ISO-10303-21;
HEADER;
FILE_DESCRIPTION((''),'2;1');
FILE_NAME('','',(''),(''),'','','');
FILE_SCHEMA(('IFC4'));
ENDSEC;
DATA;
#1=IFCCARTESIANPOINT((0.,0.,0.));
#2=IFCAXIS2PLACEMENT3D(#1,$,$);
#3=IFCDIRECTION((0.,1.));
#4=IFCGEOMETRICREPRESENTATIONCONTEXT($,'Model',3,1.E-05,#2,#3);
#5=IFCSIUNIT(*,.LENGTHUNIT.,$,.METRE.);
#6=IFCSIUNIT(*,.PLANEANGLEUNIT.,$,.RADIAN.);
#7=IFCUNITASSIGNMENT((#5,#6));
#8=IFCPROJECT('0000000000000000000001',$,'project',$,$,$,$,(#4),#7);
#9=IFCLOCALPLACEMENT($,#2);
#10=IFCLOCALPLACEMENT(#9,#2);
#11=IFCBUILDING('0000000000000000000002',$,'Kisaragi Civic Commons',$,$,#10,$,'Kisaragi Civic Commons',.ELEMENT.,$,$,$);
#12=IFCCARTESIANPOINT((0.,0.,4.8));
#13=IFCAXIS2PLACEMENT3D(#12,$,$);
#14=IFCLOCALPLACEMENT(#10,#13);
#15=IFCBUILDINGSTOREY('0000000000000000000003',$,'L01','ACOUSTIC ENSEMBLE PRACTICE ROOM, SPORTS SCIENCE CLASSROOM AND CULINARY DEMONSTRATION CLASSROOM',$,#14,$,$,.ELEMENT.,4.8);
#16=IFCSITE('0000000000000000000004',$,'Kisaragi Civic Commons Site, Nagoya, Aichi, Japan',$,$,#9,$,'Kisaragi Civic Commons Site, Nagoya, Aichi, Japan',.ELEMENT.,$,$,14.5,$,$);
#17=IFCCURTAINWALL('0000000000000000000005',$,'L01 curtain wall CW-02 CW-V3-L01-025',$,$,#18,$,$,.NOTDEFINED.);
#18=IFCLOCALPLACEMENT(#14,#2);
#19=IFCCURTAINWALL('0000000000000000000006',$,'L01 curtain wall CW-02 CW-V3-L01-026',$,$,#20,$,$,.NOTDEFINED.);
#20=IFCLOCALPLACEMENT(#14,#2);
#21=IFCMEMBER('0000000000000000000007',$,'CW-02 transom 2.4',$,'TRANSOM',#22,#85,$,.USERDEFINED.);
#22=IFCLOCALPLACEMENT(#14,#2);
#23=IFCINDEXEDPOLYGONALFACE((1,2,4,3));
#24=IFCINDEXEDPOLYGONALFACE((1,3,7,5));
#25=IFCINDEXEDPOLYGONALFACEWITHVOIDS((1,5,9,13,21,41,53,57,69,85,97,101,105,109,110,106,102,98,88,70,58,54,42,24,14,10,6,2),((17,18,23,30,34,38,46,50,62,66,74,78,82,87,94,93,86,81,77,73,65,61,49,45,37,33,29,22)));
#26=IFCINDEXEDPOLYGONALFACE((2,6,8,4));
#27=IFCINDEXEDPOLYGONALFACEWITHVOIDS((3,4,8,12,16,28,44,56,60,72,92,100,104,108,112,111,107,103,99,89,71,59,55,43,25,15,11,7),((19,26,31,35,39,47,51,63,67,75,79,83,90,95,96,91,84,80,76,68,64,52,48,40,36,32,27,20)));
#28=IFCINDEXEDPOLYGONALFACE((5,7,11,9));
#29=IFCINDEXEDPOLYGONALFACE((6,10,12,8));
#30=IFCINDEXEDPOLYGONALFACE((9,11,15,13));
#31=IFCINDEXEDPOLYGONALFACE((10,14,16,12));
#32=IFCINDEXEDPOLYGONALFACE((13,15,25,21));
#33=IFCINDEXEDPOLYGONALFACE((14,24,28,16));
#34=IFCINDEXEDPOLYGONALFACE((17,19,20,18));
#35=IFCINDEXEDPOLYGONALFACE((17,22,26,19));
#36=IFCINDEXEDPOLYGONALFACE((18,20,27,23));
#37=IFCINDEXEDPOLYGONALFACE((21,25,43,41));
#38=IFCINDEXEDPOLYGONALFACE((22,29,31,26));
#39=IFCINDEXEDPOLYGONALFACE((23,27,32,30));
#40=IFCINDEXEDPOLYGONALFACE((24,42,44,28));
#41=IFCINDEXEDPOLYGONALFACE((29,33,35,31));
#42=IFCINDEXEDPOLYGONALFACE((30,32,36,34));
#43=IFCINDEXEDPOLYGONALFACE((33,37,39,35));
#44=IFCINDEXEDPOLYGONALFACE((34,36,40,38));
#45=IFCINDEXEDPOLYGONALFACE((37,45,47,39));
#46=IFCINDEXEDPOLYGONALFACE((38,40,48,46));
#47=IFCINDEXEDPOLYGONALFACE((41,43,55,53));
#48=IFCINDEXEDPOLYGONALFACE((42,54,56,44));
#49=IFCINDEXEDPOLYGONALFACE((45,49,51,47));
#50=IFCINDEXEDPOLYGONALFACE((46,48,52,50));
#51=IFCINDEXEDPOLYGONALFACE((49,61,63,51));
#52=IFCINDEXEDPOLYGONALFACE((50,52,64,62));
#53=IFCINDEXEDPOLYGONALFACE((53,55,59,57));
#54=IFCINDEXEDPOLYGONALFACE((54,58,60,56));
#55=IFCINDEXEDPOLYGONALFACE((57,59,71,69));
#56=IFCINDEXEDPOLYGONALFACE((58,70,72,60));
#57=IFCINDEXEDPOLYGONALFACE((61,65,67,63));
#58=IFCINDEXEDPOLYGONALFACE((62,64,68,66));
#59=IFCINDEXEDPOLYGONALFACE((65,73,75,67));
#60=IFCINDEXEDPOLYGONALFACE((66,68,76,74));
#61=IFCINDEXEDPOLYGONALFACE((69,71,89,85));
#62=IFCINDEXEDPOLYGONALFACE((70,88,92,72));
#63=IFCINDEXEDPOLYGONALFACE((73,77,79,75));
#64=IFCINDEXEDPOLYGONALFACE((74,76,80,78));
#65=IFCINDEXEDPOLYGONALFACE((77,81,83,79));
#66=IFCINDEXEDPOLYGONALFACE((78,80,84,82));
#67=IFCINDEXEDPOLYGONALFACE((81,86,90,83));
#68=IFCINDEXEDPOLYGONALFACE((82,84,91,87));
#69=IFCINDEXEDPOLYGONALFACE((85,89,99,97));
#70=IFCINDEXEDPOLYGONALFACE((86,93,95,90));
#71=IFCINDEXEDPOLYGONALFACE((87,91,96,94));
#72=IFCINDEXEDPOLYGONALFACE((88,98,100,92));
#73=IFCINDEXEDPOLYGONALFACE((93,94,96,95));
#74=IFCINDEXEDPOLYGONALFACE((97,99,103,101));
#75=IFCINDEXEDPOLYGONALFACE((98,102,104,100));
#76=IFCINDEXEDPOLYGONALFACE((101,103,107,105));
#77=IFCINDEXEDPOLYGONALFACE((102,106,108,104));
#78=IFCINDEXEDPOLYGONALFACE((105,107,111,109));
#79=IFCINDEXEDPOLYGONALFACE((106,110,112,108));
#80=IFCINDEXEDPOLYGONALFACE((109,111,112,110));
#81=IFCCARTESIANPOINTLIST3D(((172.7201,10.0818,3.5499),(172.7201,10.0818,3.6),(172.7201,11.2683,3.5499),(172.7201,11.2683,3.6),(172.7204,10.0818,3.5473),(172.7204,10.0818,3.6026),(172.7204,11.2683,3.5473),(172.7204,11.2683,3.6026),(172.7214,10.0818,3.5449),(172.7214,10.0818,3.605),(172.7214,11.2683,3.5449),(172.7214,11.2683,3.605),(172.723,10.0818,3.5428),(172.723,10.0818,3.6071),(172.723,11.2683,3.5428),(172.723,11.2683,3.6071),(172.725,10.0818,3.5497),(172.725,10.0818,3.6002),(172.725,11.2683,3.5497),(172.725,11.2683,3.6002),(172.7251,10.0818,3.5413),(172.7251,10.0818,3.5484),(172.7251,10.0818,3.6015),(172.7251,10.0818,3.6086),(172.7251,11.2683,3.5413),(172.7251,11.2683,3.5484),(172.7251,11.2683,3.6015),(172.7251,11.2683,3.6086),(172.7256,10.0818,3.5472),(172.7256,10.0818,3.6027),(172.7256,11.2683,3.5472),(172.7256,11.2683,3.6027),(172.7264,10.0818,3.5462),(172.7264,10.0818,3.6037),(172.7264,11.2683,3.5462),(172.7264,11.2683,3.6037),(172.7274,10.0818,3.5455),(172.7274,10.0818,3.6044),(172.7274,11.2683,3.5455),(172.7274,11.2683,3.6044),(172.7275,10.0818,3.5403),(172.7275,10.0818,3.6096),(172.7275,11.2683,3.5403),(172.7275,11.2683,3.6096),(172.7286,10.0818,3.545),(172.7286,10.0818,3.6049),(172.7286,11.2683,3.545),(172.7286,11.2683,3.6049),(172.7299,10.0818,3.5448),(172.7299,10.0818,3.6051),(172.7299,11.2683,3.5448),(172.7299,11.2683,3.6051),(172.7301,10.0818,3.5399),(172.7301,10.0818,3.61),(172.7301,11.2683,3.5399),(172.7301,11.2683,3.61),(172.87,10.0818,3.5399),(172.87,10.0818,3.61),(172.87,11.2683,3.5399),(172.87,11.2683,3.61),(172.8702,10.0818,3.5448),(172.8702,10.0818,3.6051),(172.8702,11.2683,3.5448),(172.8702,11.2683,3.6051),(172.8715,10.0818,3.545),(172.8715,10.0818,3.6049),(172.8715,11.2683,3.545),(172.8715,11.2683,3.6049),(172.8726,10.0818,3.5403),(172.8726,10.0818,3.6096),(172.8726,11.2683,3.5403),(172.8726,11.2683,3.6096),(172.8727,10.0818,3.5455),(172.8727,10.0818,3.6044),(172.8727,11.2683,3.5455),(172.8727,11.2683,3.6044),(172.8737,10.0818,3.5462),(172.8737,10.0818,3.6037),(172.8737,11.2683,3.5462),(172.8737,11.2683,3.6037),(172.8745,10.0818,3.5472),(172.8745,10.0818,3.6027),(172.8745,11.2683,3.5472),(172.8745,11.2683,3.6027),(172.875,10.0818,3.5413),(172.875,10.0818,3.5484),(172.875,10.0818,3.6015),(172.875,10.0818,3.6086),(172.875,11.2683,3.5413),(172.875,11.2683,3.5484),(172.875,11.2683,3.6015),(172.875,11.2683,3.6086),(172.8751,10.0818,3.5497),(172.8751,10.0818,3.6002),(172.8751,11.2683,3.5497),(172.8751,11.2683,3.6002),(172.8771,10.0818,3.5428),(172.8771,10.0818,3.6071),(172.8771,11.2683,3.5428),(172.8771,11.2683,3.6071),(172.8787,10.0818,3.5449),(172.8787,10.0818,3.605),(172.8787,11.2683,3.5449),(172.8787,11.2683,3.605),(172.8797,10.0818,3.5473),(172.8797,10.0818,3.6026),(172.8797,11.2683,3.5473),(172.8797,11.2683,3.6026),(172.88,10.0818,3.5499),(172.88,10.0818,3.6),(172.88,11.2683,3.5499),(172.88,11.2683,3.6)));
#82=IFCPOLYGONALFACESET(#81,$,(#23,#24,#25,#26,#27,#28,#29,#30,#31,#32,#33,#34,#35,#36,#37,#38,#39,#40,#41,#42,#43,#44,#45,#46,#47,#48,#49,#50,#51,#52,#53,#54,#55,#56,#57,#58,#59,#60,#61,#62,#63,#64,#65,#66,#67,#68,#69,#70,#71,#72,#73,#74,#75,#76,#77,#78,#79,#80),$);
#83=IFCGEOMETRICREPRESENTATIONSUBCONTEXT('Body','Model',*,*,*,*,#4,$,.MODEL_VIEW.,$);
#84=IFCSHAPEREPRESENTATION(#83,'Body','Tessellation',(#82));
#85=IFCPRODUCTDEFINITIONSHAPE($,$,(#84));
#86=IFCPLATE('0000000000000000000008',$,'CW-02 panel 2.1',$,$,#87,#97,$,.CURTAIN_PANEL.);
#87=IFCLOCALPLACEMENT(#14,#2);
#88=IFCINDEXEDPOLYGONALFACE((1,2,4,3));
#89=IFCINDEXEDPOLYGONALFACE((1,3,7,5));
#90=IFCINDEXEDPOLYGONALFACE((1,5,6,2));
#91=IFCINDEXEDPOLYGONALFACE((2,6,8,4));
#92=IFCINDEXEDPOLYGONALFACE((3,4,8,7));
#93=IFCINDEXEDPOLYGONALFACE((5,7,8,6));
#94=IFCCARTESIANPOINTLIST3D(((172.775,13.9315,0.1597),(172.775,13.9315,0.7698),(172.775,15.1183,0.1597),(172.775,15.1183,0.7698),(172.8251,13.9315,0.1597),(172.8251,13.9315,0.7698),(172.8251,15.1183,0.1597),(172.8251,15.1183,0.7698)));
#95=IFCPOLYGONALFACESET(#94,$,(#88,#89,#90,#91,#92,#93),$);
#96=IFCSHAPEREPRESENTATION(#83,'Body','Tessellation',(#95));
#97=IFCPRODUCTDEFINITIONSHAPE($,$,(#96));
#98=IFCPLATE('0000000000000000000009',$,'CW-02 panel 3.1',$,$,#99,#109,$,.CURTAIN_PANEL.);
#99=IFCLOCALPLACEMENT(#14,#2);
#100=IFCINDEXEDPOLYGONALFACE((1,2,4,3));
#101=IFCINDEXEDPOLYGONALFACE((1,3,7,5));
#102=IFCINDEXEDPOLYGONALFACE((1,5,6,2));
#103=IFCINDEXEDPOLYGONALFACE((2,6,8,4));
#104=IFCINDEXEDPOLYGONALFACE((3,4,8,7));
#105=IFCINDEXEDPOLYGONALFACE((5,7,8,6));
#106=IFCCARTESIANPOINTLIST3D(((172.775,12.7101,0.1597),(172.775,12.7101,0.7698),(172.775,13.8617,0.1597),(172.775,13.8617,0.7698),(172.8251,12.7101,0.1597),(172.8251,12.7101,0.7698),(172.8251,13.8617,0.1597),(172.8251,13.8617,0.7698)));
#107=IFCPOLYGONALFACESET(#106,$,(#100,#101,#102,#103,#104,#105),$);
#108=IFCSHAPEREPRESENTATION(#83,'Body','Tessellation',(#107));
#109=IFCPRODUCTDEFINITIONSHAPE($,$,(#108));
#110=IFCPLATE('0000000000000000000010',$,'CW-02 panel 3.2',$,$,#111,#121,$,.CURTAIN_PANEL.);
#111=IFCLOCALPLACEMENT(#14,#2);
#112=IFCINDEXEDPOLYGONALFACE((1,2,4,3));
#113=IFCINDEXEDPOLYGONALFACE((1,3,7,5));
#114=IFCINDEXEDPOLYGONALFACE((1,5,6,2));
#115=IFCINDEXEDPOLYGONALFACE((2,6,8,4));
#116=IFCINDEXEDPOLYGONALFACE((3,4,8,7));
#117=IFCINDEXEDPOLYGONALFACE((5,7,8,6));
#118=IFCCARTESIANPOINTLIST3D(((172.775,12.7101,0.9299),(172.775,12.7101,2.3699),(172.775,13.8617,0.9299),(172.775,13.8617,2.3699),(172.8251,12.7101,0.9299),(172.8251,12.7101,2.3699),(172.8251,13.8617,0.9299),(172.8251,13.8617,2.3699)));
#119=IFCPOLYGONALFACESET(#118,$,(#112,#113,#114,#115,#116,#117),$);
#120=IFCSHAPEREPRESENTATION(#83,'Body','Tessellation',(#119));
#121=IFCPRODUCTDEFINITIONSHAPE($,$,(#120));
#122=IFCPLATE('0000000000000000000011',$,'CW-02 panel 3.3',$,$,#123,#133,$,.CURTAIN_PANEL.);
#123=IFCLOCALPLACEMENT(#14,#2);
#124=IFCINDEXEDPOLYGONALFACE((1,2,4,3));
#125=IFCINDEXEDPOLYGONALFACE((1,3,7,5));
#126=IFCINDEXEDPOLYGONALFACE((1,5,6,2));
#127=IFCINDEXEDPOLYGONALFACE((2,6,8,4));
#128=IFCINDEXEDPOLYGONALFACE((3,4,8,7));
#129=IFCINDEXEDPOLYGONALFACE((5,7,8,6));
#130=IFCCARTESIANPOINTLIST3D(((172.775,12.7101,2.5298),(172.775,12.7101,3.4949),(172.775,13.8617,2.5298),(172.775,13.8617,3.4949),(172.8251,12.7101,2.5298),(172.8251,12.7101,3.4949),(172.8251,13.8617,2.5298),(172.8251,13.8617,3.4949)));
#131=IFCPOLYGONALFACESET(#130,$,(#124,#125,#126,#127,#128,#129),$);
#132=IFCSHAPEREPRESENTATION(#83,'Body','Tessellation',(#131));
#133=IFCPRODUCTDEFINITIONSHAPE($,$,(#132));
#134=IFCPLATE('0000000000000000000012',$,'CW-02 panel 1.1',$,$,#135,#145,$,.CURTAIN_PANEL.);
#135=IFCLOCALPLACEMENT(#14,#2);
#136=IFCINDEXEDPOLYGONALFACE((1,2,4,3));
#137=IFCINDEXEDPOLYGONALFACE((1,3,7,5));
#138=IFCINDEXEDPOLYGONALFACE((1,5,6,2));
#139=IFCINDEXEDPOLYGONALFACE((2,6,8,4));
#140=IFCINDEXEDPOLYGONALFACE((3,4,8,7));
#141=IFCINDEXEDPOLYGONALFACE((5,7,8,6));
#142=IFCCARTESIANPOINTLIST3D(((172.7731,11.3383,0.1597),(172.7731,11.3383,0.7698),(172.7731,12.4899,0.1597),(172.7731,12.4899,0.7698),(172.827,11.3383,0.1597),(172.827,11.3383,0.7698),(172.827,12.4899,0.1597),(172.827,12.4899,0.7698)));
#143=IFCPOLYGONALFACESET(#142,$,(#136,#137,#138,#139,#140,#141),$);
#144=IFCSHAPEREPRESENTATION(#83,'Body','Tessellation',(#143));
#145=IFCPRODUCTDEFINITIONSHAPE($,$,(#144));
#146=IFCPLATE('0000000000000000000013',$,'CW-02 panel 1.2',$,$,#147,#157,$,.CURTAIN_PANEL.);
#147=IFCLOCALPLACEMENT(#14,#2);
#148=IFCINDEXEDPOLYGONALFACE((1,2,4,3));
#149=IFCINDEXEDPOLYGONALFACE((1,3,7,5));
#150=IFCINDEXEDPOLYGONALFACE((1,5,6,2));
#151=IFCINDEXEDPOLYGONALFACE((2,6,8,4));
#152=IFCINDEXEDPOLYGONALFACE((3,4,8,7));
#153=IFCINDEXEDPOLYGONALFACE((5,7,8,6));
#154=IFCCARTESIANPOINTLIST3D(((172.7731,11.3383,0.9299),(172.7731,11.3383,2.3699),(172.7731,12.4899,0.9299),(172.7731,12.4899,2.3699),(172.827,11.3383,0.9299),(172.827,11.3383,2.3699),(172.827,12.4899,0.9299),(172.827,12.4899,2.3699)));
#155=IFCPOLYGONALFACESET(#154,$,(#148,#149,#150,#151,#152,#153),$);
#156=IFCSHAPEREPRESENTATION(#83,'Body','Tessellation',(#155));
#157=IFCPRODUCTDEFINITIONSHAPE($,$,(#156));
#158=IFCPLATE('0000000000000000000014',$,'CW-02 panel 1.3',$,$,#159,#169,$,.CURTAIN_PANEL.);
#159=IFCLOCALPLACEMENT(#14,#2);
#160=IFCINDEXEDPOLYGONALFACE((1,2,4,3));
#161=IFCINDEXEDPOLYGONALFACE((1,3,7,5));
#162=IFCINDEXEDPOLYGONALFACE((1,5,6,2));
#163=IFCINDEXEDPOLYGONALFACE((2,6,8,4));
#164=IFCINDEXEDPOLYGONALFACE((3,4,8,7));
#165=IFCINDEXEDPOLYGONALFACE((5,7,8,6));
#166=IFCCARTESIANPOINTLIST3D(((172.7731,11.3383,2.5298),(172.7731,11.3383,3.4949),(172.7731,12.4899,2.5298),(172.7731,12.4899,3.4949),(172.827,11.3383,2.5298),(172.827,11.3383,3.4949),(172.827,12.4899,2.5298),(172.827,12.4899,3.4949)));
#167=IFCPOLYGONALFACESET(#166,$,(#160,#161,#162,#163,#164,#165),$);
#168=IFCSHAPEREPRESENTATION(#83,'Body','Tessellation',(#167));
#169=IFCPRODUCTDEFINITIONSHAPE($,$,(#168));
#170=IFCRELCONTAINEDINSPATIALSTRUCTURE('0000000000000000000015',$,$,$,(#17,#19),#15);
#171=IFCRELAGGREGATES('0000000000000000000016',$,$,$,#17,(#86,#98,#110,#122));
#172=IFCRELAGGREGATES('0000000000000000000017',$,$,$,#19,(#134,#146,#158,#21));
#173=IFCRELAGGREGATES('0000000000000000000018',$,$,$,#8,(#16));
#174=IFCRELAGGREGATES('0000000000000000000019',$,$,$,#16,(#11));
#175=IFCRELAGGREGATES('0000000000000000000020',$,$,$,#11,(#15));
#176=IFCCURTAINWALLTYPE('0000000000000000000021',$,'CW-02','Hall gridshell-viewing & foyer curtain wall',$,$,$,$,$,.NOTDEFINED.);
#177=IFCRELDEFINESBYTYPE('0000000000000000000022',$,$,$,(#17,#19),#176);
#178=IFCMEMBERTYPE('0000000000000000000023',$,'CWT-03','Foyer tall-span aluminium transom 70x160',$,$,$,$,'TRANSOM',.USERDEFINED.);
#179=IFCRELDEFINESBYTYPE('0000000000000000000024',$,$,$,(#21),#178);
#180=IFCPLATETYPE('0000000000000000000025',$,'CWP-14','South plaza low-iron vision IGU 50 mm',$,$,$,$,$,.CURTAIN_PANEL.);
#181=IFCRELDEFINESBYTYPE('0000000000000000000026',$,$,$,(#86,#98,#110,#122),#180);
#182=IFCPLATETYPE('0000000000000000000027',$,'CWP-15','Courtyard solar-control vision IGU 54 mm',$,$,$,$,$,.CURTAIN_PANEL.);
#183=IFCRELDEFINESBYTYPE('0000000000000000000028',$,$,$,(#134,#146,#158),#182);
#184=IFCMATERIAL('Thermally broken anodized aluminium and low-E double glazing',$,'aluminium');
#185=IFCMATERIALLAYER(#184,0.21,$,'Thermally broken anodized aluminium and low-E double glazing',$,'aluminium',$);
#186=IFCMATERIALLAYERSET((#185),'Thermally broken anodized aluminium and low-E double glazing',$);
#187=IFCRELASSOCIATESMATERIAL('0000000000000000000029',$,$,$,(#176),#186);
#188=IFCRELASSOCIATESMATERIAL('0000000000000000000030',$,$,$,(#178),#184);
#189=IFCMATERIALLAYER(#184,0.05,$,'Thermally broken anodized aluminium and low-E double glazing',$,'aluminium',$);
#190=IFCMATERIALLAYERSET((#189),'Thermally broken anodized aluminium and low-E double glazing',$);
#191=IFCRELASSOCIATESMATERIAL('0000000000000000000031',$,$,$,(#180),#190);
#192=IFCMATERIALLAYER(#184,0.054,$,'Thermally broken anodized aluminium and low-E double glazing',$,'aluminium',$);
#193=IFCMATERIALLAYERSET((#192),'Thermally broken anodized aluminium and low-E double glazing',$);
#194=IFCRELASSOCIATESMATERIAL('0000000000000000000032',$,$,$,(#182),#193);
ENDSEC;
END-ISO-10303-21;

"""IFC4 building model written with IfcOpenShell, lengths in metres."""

from ifc_helpers import new_model, si_unit, direction, frame, origin, origin_2d, place, context, subcontext, project, spatial, rectangle, hollow_rectangle, extrude, material, layer, layer_set, material_profile, profile_set, type_object, element, aggregate, save


model = new_model("IFC4")

# Units and contexts
model_context = context("Model", 3, precision=1e-05, world=origin(), true_north=direction((0.0, 1.0)))
body_context = subcontext(model_context, "Body", "Model", "MODEL_VIEW")
ifc_project = project(units=[si_unit("LENGTHUNIT", "METRE"), si_unit("PLANEANGLEUNIT", "RADIAN")], contexts=[model_context])

# Site, building, storey
site_placement = place(None, origin())
site = spatial("IfcSite", under=ifc_project, at=site_placement, Name="Kisaragi Civic Commons Site, Nagoya, Aichi, Japan", LongName="Kisaragi Civic Commons Site, Nagoya, Aichi, Japan", CompositionType="ELEMENT", RefElevation=14.5)
building_placement = place(site_placement, origin())
building = spatial("IfcBuilding", under=site, at=building_placement, Name="Kisaragi Civic Commons", LongName="Kisaragi Civic Commons", CompositionType="ELEMENT")
storey_placement = place(building_placement, frame((0.0, 0.0, 4.8)))
storey = spatial("IfcBuildingStorey", under=building, at=storey_placement, Name="L01", Description="ACOUSTIC ENSEMBLE PRACTICE ROOM, SPORTS SCIENCE CLASSROOM AND CULINARY DEMONSTRATION CLASSROOM", CompositionType="ELEMENT", Elevation=4.8)

# Curtain walls
ifc_material = material(Name="Thermally broken anodized aluminium and low-E double glazing", Category="aluminium")
ifc_layer_1 = layer(ifc_material, 0.21, Name="Thermally broken anodized aluminium and low-E double glazing", Category="aluminium")
ifc_layer_set_1 = layer_set([ifc_layer_1], Name="Thermally broken anodized aluminium and low-E double glazing")
curtain_wall_type = type_object("IfcCurtainWallType", Name="CW-02", Description="Hall gridshell-viewing & foyer curtain wall", PredefinedType="NOTDEFINED", material=ifc_layer_set_1)
curtain_wall_1_placement = place(storey_placement, origin())
curtain_wall_1 = element("IfcCurtainWall", 1, at=curtain_wall_1_placement, inside=storey, type_object=curtain_wall_type, Name="L01 curtain wall CW-02 CW-V3-L01-025", PredefinedType="NOTDEFINED")
curtain_wall_2_placement = place(storey_placement, origin())
curtain_wall_2 = element("IfcCurtainWall", 2, at=curtain_wall_2_placement, inside=storey, type_object=curtain_wall_type, Name="L01 curtain wall CW-02 CW-V3-L01-026", PredefinedType="NOTDEFINED")

# Member
ifc_material_profile_1 = material_profile(ifc_material, hollow_rectangle(XDim=0.1599, YDim=0.0701, WallThickness=0.0049, InnerFilletRadius=0.0049, OuterFilletRadius=0.01, at=origin_2d()), Name="CWT-70x160x5", Category="aluminium")
ifc_profile_set_1 = profile_set([ifc_material_profile_1], Name="Thermally broken anodized aluminium and low-E double glazing")
member_type_1 = type_object("IfcMemberType", Name="CWT-03", Description="Foyer tall-span aluminium transom 70x160", ElementType="TRANSOM", PredefinedType="USERDEFINED", material=ifc_profile_set_1)
member_1_placement = place(storey_placement, frame((172.8, 11.2683, 3.575), z_axis=(0.0, -1.0, 0.0), x_axis=(1.0, 0.0, 0.0)))
member_1 = element("IfcMember", 3, at=member_1_placement, type_object=member_type_1, Name="CW-02 transom 2.4", ObjectType="TRANSOM", PredefinedType="USERDEFINED", context=body_context, shape_type="SweptSolid", body=[
    extrude(hollow_rectangle(XDim=0.1599, YDim=0.0701, WallThickness=0.0049, InnerFilletRadius=0.0049, OuterFilletRadius=0.01, at=origin_2d()), origin(), (0.0, 0.0, 1.0), 1.1865),
])

# Plates
ifc_layer_2 = layer(ifc_material, 0.05, Name="Thermally broken anodized aluminium and low-E double glazing", Category="aluminium")
ifc_layer_set_2 = layer_set([ifc_layer_2], Name="Thermally broken anodized aluminium and low-E double glazing")
plate_type_1 = type_object("IfcPlateType", Name="CWP-14", Description="South plaza low-iron vision IGU 50 mm", PredefinedType="CURTAIN_PANEL", material=ifc_layer_set_2)
plate_1_placement = place(storey_placement, frame((172.8, 14.5249, 0.1597), z_axis=(0.0, 0.0, 1.0), x_axis=(0.0, -1.0, 0.0)))
plate_1 = element("IfcPlate", 4, at=plate_1_placement, type_object=plate_type_1, Name="CW-02 panel 2.1", PredefinedType="CURTAIN_PANEL", context=body_context, shape_type="SweptSolid", body=[
    extrude(rectangle(XDim=1.1868, YDim=0.05, at=origin_2d()), origin(), (0.0, 0.0, 1.0), 0.6101),
])
plate_2_placement = place(storey_placement, frame((172.8, 13.2859, 0.1597), z_axis=(0.0, 0.0, 1.0), x_axis=(0.0, -1.0, 0.0)))
plate_2 = element("IfcPlate", 5, at=plate_2_placement, type_object=plate_type_1, Name="CW-02 panel 3.1", PredefinedType="CURTAIN_PANEL", context=body_context, shape_type="SweptSolid", body=[
    extrude(rectangle(XDim=1.1516, YDim=0.05, at=origin_2d()), origin(), (0.0, 0.0, 1.0), 0.6101),
])
plate_3_placement = place(storey_placement, frame((172.8, 13.2859, 0.9299), z_axis=(0.0, 0.0, 1.0), x_axis=(0.0, -1.0, 0.0)))
plate_3 = element("IfcPlate", 6, at=plate_3_placement, type_object=plate_type_1, Name="CW-02 panel 3.2", PredefinedType="CURTAIN_PANEL", context=body_context, shape_type="SweptSolid", body=[
    extrude(rectangle(XDim=1.1516, YDim=0.05, at=origin_2d()), origin(), (0.0, 0.0, 1.0), 1.4399),
])
plate_4_placement = place(storey_placement, frame((172.8, 13.2859, 2.5298), z_axis=(0.0, 0.0, 1.0), x_axis=(0.0, -1.0, 0.0)))
plate_4 = element("IfcPlate", 7, at=plate_4_placement, type_object=plate_type_1, Name="CW-02 panel 3.3", PredefinedType="CURTAIN_PANEL", context=body_context, shape_type="SweptSolid", body=[
    extrude(rectangle(XDim=1.1516, YDim=0.05, at=origin_2d()), origin(), (0.0, 0.0, 1.0), 0.9651),
])
aggregate(curtain_wall_1, [plate_1, plate_2, plate_3, plate_4])
ifc_layer_3 = layer(ifc_material, 0.054, Name="Thermally broken anodized aluminium and low-E double glazing", Category="aluminium")
ifc_layer_set_3 = layer_set([ifc_layer_3], Name="Thermally broken anodized aluminium and low-E double glazing")
plate_type_2 = type_object("IfcPlateType", Name="CWP-15", Description="Courtyard solar-control vision IGU 54 mm", PredefinedType="CURTAIN_PANEL", material=ifc_layer_set_3)
plate_5_placement = place(storey_placement, frame((172.8, 11.9141, 0.1597), z_axis=(0.0, 0.0, 1.0), x_axis=(0.0, -1.0, 0.0)))
plate_5 = element("IfcPlate", 8, at=plate_5_placement, type_object=plate_type_2, Name="CW-02 panel 1.1", PredefinedType="CURTAIN_PANEL", context=body_context, shape_type="SweptSolid", body=[
    extrude(rectangle(XDim=1.1516, YDim=0.054, at=origin_2d()), origin(), (0.0, 0.0, 1.0), 0.6101),
])
plate_6_placement = place(storey_placement, frame((172.8, 11.9141, 0.9299), z_axis=(0.0, 0.0, 1.0), x_axis=(0.0, -1.0, 0.0)))
plate_6 = element("IfcPlate", 9, at=plate_6_placement, type_object=plate_type_2, Name="CW-02 panel 1.2", PredefinedType="CURTAIN_PANEL", context=body_context, shape_type="SweptSolid", body=[
    extrude(rectangle(XDim=1.1516, YDim=0.054, at=origin_2d()), origin(), (0.0, 0.0, 1.0), 1.4399),
])
plate_7_placement = place(storey_placement, frame((172.8, 11.9141, 2.5298), z_axis=(0.0, 0.0, 1.0), x_axis=(0.0, -1.0, 0.0)))
plate_7 = element("IfcPlate", 10, at=plate_7_placement, type_object=plate_type_2, Name="CW-02 panel 1.3", PredefinedType="CURTAIN_PANEL", context=body_context, shape_type="SweptSolid", body=[
    extrude(rectangle(XDim=1.1516, YDim=0.054, at=origin_2d()), origin(), (0.0, 0.0, 1.0), 0.9651),
])
aggregate(curtain_wall_2, [plate_5, plate_6, plate_7, member_1])

save(model, "model.ifc")
